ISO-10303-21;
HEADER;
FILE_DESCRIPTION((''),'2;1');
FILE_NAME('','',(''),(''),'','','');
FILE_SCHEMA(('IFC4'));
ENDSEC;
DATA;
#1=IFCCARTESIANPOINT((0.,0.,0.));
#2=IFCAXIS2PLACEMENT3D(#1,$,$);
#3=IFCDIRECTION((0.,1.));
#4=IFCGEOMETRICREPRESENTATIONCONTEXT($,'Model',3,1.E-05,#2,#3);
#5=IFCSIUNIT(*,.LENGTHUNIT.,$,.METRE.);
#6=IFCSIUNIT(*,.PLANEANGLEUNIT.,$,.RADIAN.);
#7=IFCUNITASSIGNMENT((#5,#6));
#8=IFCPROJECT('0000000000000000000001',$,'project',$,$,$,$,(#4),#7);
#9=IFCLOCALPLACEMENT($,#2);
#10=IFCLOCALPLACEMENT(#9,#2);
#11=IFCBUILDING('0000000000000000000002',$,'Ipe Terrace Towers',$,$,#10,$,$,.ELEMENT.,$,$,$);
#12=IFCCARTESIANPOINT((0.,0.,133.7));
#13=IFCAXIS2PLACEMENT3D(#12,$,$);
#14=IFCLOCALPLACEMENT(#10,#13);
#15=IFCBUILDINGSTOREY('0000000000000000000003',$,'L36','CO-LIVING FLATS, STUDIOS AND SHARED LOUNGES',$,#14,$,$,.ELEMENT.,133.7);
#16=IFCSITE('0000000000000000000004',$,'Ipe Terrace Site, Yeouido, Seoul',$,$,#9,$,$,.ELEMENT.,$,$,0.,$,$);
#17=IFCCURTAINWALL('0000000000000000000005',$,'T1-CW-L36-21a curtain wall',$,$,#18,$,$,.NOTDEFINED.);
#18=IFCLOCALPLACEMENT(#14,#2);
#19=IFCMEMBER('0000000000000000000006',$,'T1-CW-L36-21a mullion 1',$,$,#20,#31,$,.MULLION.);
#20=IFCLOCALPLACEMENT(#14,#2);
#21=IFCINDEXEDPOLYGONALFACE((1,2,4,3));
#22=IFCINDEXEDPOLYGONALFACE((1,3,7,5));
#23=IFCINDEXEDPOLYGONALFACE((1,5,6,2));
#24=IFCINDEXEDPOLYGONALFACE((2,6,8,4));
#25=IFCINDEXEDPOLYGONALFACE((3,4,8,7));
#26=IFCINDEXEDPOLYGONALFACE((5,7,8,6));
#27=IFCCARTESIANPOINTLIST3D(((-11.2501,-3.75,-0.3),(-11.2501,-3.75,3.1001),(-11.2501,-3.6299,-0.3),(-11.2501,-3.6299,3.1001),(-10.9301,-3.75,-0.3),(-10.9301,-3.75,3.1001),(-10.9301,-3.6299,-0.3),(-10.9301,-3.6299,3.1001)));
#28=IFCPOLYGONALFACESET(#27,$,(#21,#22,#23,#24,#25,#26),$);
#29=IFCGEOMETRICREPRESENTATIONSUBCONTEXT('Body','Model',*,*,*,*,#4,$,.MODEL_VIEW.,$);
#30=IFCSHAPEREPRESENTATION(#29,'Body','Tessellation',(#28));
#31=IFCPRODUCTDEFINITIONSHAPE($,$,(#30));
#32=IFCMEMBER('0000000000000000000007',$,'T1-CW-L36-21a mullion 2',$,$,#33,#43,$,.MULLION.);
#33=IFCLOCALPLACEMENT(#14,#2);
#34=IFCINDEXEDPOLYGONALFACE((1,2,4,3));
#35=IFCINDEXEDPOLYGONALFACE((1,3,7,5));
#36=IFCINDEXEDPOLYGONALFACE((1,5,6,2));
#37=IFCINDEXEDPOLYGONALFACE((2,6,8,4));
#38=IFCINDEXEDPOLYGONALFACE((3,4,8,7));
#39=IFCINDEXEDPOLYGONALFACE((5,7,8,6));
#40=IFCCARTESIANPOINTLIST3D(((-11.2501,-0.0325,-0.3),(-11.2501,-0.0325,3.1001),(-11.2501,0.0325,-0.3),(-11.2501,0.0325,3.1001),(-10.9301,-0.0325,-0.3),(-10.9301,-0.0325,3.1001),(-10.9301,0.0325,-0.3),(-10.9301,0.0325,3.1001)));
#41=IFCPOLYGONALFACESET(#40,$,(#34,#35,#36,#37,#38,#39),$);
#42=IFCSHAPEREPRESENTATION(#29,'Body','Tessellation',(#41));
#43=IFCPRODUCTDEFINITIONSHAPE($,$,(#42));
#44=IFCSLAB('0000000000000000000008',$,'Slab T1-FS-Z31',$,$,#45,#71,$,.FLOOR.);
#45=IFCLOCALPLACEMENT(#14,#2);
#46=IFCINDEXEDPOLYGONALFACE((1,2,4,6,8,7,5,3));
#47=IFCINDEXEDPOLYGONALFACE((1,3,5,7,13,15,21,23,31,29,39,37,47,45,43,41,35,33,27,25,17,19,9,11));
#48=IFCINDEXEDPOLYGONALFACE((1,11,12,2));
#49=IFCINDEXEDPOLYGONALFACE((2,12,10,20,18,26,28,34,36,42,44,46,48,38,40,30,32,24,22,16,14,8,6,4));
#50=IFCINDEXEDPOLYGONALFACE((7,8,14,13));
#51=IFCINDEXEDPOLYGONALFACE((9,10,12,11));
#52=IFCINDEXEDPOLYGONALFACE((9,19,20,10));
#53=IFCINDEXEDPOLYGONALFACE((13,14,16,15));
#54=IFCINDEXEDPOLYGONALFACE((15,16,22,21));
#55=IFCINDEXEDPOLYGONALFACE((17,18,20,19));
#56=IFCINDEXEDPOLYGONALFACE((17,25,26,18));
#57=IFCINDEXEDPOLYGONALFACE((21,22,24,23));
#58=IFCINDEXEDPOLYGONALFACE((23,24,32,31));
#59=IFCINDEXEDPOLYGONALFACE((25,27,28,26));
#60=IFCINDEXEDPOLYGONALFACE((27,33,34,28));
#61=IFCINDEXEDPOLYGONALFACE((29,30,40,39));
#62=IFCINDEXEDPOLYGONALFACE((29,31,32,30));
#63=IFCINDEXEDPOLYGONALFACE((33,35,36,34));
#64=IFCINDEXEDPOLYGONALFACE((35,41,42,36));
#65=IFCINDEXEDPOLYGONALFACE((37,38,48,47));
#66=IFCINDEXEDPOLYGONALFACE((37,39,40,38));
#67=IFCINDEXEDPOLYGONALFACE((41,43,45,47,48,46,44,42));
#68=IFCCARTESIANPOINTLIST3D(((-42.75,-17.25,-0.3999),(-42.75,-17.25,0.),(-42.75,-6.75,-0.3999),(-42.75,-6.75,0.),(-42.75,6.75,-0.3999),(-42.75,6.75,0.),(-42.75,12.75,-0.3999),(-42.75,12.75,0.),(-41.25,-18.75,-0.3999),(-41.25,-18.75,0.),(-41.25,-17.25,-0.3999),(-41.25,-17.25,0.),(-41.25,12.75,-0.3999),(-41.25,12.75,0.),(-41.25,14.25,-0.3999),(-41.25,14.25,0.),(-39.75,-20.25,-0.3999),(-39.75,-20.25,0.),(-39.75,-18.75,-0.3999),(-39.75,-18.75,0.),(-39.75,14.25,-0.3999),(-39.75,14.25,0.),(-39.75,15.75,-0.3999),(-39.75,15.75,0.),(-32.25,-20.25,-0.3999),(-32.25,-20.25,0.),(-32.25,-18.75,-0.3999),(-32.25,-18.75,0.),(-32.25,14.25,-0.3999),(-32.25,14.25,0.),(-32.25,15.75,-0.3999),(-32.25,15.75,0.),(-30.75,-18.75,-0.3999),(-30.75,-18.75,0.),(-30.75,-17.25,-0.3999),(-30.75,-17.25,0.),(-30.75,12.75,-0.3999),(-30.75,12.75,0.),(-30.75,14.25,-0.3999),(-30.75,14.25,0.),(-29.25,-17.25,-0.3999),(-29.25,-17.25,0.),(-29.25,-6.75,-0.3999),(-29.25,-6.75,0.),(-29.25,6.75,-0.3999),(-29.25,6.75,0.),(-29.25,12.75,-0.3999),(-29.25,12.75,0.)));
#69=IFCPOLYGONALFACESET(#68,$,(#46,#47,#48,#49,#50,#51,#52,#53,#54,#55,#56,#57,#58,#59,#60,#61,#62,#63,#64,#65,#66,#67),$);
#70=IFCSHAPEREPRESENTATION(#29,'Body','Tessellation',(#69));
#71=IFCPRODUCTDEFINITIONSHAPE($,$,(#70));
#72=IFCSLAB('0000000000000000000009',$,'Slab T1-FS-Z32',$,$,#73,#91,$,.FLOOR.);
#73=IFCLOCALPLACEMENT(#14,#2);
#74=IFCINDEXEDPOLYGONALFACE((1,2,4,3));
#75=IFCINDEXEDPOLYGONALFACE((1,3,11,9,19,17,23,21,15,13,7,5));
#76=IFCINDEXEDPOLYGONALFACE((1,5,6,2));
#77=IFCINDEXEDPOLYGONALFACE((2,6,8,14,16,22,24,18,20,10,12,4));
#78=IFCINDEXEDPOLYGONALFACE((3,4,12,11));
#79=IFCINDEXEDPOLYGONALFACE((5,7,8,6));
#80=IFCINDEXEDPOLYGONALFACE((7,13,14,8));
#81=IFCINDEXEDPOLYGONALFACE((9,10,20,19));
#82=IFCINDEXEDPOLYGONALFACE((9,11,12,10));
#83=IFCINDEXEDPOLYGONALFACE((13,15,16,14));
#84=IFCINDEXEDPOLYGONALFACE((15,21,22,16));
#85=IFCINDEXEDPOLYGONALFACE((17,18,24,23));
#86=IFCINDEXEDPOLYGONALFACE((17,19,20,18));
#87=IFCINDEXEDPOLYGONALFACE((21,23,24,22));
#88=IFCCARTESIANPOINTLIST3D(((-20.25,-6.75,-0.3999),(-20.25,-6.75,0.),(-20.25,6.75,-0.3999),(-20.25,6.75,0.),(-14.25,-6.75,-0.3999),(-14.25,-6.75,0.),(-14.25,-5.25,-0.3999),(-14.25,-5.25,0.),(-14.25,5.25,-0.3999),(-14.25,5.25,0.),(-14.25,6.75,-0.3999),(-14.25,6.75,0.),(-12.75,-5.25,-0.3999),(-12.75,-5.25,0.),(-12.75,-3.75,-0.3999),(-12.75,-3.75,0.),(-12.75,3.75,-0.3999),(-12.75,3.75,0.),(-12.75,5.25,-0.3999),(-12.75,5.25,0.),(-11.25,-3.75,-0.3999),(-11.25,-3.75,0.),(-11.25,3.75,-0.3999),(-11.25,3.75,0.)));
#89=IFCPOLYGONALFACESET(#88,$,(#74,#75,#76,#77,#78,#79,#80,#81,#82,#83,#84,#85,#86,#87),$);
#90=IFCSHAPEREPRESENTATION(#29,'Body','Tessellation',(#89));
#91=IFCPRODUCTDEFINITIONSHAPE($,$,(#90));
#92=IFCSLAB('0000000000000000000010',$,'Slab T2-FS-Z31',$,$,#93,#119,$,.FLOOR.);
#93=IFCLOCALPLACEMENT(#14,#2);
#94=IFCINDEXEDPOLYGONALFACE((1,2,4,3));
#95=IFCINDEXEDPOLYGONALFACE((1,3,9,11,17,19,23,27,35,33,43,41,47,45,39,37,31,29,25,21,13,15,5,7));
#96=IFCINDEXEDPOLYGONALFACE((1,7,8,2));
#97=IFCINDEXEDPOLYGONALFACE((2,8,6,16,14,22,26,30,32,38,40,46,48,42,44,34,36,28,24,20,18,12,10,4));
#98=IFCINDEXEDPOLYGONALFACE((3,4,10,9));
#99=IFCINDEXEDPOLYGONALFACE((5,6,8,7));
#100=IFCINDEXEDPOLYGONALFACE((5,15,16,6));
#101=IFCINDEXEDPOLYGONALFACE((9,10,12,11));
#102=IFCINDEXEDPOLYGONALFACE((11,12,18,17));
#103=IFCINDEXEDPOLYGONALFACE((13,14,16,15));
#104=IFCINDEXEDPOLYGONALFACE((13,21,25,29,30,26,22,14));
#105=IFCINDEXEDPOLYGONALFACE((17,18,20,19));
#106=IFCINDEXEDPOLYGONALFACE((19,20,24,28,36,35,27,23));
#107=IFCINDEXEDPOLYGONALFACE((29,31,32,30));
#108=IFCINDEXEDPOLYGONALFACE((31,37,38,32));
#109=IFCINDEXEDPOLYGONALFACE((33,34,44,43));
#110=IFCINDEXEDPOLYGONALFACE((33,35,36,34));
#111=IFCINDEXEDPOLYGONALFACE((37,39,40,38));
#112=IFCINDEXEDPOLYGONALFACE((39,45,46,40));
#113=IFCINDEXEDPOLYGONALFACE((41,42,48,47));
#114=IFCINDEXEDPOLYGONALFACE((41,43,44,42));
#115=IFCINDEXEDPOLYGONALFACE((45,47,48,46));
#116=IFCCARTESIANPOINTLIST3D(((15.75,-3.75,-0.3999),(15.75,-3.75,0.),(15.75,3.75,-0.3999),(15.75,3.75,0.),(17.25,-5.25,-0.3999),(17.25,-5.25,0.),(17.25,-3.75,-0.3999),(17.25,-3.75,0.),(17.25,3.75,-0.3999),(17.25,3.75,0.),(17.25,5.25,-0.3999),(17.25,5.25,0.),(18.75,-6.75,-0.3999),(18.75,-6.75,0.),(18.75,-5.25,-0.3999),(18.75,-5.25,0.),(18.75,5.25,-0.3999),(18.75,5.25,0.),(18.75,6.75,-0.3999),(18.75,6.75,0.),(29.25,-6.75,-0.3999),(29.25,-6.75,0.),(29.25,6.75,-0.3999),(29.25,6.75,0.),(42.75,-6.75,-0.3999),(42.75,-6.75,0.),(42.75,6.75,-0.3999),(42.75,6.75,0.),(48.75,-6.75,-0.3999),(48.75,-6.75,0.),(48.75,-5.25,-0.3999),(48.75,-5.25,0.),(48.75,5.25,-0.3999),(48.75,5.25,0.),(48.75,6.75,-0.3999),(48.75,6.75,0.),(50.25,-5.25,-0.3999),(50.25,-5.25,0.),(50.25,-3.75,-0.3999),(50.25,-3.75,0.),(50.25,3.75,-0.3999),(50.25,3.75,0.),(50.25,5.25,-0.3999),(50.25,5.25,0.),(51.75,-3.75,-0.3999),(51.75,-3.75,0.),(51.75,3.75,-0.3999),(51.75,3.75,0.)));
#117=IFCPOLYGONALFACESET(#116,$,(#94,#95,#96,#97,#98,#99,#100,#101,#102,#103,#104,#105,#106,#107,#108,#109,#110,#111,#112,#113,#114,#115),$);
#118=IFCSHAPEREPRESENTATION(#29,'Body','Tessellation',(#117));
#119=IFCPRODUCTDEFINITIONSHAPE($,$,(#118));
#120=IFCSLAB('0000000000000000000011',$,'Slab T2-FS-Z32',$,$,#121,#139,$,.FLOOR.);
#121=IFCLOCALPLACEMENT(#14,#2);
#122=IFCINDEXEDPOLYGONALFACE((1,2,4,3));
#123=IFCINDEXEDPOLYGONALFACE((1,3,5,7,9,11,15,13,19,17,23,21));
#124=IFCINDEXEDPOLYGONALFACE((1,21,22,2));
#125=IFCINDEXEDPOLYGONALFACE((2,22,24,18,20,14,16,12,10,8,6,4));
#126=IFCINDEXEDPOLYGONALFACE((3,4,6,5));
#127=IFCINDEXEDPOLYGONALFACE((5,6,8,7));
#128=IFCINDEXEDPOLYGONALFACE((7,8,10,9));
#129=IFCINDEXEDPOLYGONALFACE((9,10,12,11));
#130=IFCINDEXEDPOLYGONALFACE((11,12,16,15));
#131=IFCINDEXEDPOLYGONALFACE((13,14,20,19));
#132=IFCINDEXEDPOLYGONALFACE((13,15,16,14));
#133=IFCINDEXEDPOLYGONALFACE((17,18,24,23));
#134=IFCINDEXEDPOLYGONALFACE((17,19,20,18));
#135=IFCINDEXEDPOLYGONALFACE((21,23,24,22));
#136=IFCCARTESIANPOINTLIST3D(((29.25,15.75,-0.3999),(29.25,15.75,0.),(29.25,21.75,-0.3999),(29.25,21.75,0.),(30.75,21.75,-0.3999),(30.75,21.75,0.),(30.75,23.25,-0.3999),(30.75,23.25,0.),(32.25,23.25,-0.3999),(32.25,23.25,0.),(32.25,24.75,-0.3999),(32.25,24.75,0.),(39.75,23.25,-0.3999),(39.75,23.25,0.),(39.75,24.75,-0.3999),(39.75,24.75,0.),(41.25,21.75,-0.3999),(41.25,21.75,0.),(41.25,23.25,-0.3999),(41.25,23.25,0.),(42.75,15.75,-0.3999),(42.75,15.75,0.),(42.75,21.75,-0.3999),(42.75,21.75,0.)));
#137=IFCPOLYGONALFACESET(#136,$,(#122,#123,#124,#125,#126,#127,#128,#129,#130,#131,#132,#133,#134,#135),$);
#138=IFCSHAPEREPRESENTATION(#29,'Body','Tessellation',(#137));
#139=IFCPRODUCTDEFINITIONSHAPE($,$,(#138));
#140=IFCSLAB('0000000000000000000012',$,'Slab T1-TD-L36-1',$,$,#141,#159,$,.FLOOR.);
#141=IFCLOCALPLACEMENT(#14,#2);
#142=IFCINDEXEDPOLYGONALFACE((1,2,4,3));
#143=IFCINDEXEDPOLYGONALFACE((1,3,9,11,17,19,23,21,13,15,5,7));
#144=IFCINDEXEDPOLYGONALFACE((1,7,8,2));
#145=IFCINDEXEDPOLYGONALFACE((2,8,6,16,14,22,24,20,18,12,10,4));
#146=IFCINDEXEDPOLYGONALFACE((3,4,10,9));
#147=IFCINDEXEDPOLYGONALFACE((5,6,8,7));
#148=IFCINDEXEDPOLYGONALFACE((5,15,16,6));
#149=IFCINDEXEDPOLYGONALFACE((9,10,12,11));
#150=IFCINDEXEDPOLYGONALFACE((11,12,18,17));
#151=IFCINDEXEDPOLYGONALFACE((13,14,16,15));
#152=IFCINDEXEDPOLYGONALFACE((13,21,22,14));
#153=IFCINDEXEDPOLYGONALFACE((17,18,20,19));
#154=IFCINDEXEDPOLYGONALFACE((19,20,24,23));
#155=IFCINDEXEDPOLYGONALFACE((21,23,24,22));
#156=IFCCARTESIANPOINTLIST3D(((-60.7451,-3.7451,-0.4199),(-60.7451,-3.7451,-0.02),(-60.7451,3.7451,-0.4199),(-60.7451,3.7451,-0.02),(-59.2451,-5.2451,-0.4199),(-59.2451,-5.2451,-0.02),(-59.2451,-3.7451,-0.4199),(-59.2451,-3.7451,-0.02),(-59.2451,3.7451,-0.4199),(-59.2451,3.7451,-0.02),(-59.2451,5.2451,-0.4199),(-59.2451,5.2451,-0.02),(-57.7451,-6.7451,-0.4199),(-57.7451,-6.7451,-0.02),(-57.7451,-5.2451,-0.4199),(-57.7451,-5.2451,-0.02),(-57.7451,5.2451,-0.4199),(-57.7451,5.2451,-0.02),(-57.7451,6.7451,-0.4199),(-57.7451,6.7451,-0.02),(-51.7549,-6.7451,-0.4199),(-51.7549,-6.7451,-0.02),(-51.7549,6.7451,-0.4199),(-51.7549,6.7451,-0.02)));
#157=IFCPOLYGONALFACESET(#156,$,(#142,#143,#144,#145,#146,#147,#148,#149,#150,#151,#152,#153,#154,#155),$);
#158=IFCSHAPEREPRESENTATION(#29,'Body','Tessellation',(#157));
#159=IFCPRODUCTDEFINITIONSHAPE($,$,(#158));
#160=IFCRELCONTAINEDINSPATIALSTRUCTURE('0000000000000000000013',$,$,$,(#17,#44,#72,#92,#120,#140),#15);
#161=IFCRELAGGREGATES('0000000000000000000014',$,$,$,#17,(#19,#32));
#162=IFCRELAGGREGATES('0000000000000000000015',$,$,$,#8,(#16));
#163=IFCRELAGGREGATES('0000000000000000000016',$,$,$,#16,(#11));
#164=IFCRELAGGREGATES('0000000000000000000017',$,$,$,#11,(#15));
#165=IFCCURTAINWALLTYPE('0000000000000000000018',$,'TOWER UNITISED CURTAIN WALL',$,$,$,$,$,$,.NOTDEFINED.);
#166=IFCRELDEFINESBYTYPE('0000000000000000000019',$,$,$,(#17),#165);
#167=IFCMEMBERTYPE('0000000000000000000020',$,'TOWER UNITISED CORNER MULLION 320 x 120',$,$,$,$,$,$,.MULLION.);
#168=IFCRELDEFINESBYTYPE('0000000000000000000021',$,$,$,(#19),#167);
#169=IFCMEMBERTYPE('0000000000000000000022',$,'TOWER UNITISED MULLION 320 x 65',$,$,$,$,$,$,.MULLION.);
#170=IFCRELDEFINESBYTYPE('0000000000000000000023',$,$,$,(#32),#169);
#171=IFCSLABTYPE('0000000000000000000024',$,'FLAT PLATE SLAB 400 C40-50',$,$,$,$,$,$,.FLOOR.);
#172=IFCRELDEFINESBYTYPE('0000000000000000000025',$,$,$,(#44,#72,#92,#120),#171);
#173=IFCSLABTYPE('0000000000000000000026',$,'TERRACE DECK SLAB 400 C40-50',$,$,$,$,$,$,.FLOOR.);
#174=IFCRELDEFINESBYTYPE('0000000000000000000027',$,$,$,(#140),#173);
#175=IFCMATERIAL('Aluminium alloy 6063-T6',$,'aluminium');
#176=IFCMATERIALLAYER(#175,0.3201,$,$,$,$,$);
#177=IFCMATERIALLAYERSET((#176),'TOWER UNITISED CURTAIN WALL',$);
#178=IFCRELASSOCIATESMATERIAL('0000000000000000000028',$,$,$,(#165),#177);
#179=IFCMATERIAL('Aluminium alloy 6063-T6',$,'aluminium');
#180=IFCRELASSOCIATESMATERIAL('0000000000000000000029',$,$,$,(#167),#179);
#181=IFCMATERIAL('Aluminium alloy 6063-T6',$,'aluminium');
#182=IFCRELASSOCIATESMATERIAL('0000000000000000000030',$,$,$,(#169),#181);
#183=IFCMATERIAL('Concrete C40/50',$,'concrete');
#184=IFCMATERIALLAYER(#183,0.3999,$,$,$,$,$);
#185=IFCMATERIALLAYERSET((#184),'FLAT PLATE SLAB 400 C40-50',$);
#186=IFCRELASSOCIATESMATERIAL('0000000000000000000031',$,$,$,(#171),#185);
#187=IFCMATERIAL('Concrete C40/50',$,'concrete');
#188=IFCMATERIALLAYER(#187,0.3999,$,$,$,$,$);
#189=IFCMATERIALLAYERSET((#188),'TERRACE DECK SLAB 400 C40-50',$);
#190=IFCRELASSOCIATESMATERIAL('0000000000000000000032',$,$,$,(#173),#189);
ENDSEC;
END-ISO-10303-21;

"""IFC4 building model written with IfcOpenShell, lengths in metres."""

from ifc_helpers import new_model, si_unit, direction, frame, origin, origin_2d, place, context, subcontext, project, spatial, polyline, rectangle, outline, extrude, material, layer, layer_set, material_profile, profile_set, type_object, element, aggregate, save


model = new_model("IFC4")

# Units and contexts
model_context = context("Model", 3, precision=1e-05, world=origin(), true_north=direction((0.0, 1.0)))
body_context = subcontext(model_context, "Body", "Model", "MODEL_VIEW")
ifc_project = project(units=[si_unit("LENGTHUNIT", "METRE"), si_unit("PLANEANGLEUNIT", "RADIAN")], contexts=[model_context])

# Site, building, storey
site_placement = place(None, origin())
site = spatial("IfcSite", under=ifc_project, at=site_placement, Name="Ipe Terrace Site, Yeouido, Seoul", CompositionType="ELEMENT", RefElevation=0.0)
building_placement = place(site_placement, origin())
building = spatial("IfcBuilding", under=site, at=building_placement, Name="Ipe Terrace Towers", CompositionType="ELEMENT")
storey_placement = place(building_placement, frame((0.0, 0.0, 133.7)))
storey = spatial("IfcBuildingStorey", under=building, at=storey_placement, Name="L36", Description="CO-LIVING FLATS, STUDIOS AND SHARED LOUNGES", CompositionType="ELEMENT", Elevation=133.7)

# Shared definitions
ifc_material_1 = material(Name="Aluminium alloy 6063-T6", Category="aluminium")
ifc_layer_1 = layer(ifc_material_1, 0.3201)
ifc_layer_set_1 = layer_set([ifc_layer_1], Name="TOWER UNITISED CURTAIN WALL")
curtain_wall_type = type_object("IfcCurtainWallType", Name="TOWER UNITISED CURTAIN WALL", PredefinedType="NOTDEFINED", material=ifc_layer_set_1)
ifc_material_2 = material(Name="Aluminium alloy 6063-T6", Category="aluminium")
ifc_material_profile_1 = material_profile(ifc_material_2, rectangle(XDim=0.3201, YDim=0.1201, at=origin_2d()), Name="TOWER UNITISED CORNER MULLION 320 x 120")
ifc_profile_set_1 = profile_set([ifc_material_profile_1], Name="Aluminium alloy 6063-T6")
member_type_1 = type_object("IfcMemberType", Name="TOWER UNITISED CORNER MULLION 320 x 120", PredefinedType="MULLION", material=ifc_profile_set_1)

# Curtain wall, members
curtain_wall_1_placement = place(storey_placement, origin())
curtain_wall_1 = element("IfcCurtainWall", 1, at=curtain_wall_1_placement, inside=storey, type_object=curtain_wall_type, Name="T1-CW-L36-21a curtain wall", PredefinedType="NOTDEFINED")
member_1_placement = place(storey_placement, frame((-11.0901, -3.6899, -0.3), z_axis=(0.0, 0.0, 1.0), x_axis=(1.0, 0.0, 0.0)))
member_1 = element("IfcMember", 2, at=member_1_placement, type_object=member_type_1, Name="T1-CW-L36-21a mullion 1", PredefinedType="MULLION", context=body_context, shape_type="SweptSolid", body=[
    extrude(rectangle(XDim=0.3201, YDim=0.1201, at=origin_2d()), origin(), (0.0, 0.0, 1.0), 3.4001),
])
ifc_material_3 = material(Name="Aluminium alloy 6063-T6", Category="aluminium")
ifc_material_profile_2 = material_profile(ifc_material_3, rectangle(XDim=0.3201, YDim=0.0649, at=origin_2d()), Name="TOWER UNITISED MULLION 320 x 65")
ifc_profile_set_2 = profile_set([ifc_material_profile_2], Name="Aluminium alloy 6063-T6")
member_type_2 = type_object("IfcMemberType", Name="TOWER UNITISED MULLION 320 x 65", PredefinedType="MULLION", material=ifc_profile_set_2)
member_2_placement = place(storey_placement, frame((-11.0901, 0.0, -0.3), z_axis=(0.0, 0.0, 1.0), x_axis=(1.0, 0.0, 0.0)))
member_2 = element("IfcMember", 3, at=member_2_placement, type_object=member_type_2, Name="T1-CW-L36-21a mullion 2", PredefinedType="MULLION", context=body_context, shape_type="SweptSolid", body=[
    extrude(rectangle(XDim=0.3201, YDim=0.0649, at=origin_2d()), origin(), (0.0, 0.0, 1.0), 3.4001),
])

# Slabs
ifc_material_4 = material(Name="Concrete C40/50", Category="concrete")
ifc_layer_2 = layer(ifc_material_4, 0.3999)
ifc_layer_set_2 = layer_set([ifc_layer_2], Name="FLAT PLATE SLAB 400 C40-50")
slab_type_1 = type_object("IfcSlabType", Name="FLAT PLATE SLAB 400 C40-50", PredefinedType="FLOOR", material=ifc_layer_set_2)
slab_1_placement = place(storey_placement, frame((0.0, 0.0, -0.3999)))
element("IfcSlab", 4, at=slab_1_placement, inside=storey, type_object=slab_type_1, Name="Slab T1-FS-Z31", PredefinedType="FLOOR", context=body_context, shape_type="SweptSolid", body=[
    extrude(outline(polyline([(-30.75, -17.25), (-30.75, -18.75), (-32.25, -18.75), (-32.25, -20.25), (-39.75, -20.25), (-39.75, -18.75), (-41.25, -18.75), (-41.25, -17.25), (-42.75, -17.25), (-42.75, -6.75), (-42.75, 6.75), (-42.75, 12.75), (-41.25, 12.75), (-41.25, 14.25), (-39.75, 14.25), (-39.75, 15.75), (-32.25, 15.75), (-32.25, 14.25), (-30.75, 14.25), (-30.75, 12.75), (-29.25, 12.75), (-29.25, 6.75), (-29.25, -6.75), (-29.25, -17.25), (-30.75, -17.25)])), origin(), (0.0, 0.0, 1.0), 0.3999),
])
slab_2_placement = place(storey_placement, frame((0.0, 0.0, -0.3999)))
element("IfcSlab", 5, at=slab_2_placement, inside=storey, type_object=slab_type_1, Name="Slab T1-FS-Z32", PredefinedType="FLOOR", context=body_context, shape_type="SweptSolid", body=[
    extrude(outline(polyline([(-14.25, 5.25), (-12.75, 5.25), (-12.75, 3.75), (-11.25, 3.75), (-11.25, -3.75), (-12.75, -3.75), (-12.75, -5.25), (-14.25, -5.25), (-14.25, -6.75), (-20.25, -6.75), (-20.25, 6.75), (-14.25, 6.75), (-14.25, 5.25)])), origin(), (0.0, 0.0, 1.0), 0.3999),
])
slab_3_placement = place(storey_placement, frame((0.0, 0.0, -0.3999)))
element("IfcSlab", 6, at=slab_3_placement, inside=storey, type_object=slab_type_1, Name="Slab T2-FS-Z31", PredefinedType="FLOOR", context=body_context, shape_type="SweptSolid", body=[
    extrude(outline(polyline([(48.75, 5.25), (50.25, 5.25), (50.25, 3.75), (51.75, 3.75), (51.75, -3.75), (50.25, -3.75), (50.25, -5.25), (48.75, -5.25), (48.75, -6.75), (42.75, -6.75), (29.25, -6.75), (18.75, -6.75), (18.75, -5.25), (17.25, -5.25), (17.25, -3.75), (15.75, -3.75), (15.75, 3.75), (17.25, 3.75), (17.25, 5.25), (18.75, 5.25), (18.75, 6.75), (29.25, 6.75), (42.75, 6.75), (48.75, 6.75), (48.75, 5.25)])), origin(), (0.0, 0.0, 1.0), 0.3999),
])
slab_4_placement = place(storey_placement, frame((0.0, 0.0, -0.3999)))
element("IfcSlab", 7, at=slab_4_placement, inside=storey, type_object=slab_type_1, Name="Slab T2-FS-Z32", PredefinedType="FLOOR", context=body_context, shape_type="SweptSolid", body=[
    extrude(outline(polyline([(30.75, 21.75), (30.75, 23.25), (32.25, 23.25), (32.25, 24.75), (39.75, 24.75), (39.75, 23.25), (41.25, 23.25), (41.25, 21.75), (42.75, 21.75), (42.75, 15.75), (29.25, 15.75), (29.25, 21.75), (30.75, 21.75)])), origin(), (0.0, 0.0, 1.0), 0.3999),
])
ifc_material_5 = material(Name="Concrete C40/50", Category="concrete")
ifc_layer_3 = layer(ifc_material_5, 0.3999)
ifc_layer_set_3 = layer_set([ifc_layer_3], Name="TERRACE DECK SLAB 400 C40-50")
slab_type_2 = type_object("IfcSlabType", Name="TERRACE DECK SLAB 400 C40-50", PredefinedType="FLOOR", material=ifc_layer_set_3)
slab_5_placement = place(storey_placement, frame((0.0, 0.0, -0.4199)))
element("IfcSlab", 8, at=slab_5_placement, inside=storey, type_object=slab_type_2, Name="Slab T1-TD-L36-1", PredefinedType="FLOOR", context=body_context, shape_type="SweptSolid", body=[
    extrude(outline(polyline([(-60.7451, -3.7451), (-60.7451, 3.7451), (-59.2451, 3.7451), (-59.2451, 5.2451), (-57.7451, 5.2451), (-57.7451, 6.7451), (-51.7549, 6.7451), (-51.7549, -6.7451), (-57.7451, -6.7451), (-57.7451, -5.2451), (-59.2451, -5.2451), (-59.2451, -3.7451), (-60.7451, -3.7451)])), origin(), (0.0, 0.0, 1.0), 0.3999),
])

aggregate(curtain_wall_1, [member_1, member_2])

save(model, "model.ifc")
